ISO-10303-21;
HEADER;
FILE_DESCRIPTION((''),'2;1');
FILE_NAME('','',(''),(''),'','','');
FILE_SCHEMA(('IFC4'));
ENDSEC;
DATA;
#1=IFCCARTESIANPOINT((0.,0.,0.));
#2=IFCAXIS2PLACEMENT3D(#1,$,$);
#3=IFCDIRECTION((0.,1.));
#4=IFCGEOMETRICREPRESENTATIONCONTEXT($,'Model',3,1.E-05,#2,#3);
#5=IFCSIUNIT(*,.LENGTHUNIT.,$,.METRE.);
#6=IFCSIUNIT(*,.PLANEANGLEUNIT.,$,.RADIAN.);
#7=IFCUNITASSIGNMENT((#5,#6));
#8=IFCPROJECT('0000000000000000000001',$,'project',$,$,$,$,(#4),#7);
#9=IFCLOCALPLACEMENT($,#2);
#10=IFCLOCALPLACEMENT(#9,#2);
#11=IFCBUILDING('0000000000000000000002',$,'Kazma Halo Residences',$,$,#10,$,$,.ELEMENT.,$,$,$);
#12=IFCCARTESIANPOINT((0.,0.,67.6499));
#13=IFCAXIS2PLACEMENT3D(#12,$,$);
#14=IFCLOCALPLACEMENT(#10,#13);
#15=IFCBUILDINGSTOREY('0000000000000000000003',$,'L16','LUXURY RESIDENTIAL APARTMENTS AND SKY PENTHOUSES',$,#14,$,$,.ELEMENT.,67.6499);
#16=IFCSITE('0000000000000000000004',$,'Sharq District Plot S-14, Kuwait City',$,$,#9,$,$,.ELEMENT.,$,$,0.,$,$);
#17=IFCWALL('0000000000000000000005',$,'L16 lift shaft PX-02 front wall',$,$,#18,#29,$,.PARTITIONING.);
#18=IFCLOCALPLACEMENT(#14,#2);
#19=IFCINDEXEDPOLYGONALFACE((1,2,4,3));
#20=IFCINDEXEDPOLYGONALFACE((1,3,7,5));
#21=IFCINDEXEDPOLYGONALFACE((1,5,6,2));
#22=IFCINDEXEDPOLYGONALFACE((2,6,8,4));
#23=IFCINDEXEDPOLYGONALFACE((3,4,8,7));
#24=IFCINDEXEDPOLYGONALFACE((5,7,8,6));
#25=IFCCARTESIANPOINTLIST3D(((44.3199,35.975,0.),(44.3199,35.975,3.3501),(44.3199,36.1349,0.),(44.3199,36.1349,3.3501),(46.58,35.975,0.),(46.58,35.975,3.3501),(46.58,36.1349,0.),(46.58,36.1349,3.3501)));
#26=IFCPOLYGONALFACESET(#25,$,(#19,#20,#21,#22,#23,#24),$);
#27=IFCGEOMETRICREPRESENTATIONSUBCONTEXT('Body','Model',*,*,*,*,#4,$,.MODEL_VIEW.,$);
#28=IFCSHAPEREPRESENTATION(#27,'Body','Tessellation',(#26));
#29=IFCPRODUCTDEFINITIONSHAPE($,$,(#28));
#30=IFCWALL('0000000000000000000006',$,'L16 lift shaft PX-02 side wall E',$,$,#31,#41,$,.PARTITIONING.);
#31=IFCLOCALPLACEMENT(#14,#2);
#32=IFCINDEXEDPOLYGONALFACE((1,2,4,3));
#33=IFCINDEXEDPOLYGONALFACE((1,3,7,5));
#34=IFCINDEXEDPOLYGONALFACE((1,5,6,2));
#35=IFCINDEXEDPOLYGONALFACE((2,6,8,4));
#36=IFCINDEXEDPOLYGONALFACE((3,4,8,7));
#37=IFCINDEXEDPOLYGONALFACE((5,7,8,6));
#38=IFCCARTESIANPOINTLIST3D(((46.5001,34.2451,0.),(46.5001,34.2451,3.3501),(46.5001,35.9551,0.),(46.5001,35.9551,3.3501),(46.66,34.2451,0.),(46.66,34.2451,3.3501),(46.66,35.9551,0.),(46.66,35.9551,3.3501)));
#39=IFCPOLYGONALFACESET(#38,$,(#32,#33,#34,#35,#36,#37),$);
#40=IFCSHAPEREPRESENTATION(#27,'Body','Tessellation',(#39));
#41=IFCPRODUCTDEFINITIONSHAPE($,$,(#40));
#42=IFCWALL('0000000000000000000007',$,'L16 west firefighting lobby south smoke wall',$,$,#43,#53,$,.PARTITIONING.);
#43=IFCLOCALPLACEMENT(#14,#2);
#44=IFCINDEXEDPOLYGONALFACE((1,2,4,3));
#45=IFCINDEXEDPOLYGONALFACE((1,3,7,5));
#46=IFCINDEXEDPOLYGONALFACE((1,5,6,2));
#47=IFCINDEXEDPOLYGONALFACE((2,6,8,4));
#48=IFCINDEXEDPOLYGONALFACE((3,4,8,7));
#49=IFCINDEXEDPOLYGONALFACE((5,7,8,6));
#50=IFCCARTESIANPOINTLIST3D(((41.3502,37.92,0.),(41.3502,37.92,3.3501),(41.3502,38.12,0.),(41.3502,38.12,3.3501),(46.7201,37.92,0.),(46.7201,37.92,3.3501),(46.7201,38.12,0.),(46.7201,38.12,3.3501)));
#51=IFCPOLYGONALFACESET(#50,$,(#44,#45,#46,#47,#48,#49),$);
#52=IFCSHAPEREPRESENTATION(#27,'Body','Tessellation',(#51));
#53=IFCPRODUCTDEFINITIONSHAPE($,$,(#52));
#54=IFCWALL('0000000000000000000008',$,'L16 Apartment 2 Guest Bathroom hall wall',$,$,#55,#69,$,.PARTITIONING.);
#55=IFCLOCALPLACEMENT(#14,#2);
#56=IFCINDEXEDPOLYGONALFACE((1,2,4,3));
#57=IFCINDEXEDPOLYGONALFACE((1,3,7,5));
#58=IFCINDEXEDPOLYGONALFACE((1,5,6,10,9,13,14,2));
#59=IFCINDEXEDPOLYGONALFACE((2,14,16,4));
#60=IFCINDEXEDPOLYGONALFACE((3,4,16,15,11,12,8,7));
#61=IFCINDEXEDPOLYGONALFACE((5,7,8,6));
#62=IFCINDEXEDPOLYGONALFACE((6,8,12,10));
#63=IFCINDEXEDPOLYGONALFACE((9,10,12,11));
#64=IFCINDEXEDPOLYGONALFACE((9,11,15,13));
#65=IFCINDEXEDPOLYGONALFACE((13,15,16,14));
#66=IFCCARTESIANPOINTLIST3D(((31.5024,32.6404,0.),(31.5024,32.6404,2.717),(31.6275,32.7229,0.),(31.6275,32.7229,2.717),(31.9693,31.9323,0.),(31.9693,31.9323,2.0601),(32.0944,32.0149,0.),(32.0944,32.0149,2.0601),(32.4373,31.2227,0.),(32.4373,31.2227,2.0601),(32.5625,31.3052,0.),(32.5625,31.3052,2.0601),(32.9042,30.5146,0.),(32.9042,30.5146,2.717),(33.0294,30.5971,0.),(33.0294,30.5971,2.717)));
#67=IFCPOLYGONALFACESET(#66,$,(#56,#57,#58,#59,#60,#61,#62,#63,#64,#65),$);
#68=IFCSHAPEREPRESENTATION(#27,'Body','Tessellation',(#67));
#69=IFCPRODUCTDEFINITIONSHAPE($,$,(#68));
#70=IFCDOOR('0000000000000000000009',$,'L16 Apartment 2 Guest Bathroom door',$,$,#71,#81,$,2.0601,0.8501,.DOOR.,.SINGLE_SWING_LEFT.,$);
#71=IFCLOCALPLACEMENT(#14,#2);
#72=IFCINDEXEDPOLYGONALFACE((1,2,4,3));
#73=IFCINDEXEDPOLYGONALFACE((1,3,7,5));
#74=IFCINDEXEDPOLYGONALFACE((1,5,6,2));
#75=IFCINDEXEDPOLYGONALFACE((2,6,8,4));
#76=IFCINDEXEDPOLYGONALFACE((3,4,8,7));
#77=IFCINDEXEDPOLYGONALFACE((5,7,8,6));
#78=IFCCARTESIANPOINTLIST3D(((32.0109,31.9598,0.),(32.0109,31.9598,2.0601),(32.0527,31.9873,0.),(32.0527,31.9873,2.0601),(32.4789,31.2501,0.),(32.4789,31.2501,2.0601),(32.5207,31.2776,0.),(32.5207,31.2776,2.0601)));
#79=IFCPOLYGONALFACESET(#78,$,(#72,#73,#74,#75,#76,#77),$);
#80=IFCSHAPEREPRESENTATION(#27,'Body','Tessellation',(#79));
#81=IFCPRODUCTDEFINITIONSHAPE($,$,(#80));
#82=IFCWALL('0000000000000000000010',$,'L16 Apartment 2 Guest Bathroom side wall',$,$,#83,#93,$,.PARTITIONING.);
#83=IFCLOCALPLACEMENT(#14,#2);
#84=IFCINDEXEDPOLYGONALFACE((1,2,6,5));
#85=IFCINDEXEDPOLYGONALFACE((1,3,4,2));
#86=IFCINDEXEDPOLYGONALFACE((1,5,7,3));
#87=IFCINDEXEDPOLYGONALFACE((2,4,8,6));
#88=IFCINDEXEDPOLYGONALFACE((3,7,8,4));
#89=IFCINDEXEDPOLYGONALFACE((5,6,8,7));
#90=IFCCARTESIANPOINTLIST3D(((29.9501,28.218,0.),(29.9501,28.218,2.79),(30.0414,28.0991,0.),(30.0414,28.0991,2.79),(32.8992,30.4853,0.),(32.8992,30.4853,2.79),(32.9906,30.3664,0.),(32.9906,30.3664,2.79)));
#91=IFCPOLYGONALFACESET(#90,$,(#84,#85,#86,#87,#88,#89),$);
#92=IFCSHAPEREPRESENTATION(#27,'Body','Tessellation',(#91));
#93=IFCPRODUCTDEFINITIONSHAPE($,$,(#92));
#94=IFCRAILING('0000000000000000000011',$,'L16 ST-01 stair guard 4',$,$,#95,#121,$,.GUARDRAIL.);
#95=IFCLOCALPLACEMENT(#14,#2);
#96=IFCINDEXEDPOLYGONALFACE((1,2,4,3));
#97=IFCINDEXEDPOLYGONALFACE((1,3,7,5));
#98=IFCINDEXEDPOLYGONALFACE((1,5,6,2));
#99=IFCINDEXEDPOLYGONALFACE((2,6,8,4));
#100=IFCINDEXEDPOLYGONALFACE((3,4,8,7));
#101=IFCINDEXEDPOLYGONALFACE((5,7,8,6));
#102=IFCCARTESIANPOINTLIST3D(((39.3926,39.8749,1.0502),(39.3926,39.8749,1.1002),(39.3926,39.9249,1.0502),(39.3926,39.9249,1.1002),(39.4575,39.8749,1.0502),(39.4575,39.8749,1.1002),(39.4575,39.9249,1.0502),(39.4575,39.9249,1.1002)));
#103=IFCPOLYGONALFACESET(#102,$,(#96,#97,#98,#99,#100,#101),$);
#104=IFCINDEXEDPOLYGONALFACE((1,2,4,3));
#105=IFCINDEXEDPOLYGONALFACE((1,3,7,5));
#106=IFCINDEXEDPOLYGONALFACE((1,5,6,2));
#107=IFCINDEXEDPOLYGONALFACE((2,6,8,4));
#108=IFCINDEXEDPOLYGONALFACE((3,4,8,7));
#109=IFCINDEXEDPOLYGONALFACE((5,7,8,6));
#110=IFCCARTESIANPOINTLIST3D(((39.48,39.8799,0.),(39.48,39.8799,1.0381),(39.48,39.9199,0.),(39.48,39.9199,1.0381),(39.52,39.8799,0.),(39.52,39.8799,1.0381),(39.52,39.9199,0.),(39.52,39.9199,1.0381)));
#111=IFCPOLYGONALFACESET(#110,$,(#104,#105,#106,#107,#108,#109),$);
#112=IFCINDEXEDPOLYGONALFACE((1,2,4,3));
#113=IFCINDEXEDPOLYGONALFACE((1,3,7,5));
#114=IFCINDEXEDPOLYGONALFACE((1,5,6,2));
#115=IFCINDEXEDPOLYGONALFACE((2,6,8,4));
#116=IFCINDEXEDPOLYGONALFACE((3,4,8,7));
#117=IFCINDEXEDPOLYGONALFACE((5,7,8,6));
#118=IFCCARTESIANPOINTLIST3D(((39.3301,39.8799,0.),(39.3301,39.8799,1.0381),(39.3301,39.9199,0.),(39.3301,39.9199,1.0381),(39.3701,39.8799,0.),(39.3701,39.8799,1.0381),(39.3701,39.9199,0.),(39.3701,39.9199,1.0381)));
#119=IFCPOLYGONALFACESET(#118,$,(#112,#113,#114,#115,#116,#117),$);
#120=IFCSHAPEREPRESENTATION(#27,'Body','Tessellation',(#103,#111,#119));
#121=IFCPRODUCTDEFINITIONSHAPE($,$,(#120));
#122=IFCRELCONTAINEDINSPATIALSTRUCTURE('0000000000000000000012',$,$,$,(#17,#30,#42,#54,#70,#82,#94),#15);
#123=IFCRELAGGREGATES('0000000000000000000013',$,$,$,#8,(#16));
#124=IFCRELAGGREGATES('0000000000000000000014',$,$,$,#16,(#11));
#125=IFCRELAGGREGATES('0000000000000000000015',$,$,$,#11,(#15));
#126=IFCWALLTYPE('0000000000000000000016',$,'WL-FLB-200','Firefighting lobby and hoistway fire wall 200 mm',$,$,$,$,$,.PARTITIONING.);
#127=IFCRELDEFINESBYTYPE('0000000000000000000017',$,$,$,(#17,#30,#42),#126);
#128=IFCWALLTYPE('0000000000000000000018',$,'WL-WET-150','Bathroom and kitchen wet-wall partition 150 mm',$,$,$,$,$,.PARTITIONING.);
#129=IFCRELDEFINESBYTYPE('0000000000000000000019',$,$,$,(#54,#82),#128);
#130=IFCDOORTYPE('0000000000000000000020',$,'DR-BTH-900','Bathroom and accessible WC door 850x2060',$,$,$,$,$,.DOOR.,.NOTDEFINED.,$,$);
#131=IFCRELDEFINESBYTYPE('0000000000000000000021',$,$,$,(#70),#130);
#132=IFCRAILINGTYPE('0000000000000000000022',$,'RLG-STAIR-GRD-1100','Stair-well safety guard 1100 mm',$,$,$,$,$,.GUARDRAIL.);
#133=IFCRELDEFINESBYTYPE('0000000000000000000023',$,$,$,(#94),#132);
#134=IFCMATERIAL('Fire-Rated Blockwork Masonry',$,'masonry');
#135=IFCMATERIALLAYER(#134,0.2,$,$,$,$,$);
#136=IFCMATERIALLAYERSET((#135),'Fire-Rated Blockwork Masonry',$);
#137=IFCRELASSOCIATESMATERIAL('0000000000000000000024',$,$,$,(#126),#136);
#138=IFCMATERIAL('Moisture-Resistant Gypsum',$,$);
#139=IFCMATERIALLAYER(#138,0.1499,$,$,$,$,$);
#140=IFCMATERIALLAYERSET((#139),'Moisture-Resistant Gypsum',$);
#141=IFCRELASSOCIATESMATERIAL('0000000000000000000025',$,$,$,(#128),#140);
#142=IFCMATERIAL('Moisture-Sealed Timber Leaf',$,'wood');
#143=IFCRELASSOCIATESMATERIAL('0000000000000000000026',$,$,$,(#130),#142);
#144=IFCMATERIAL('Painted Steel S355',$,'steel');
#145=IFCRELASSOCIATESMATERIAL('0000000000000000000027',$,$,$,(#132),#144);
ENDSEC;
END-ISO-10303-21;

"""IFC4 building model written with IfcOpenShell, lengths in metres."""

from ifc_helpers import new_model, si_unit, direction, frame, frame_2d, origin, origin_2d, place, context, subcontext, project, spatial, rectangle, extrude, material, layer, layer_set, type_object, element, fill, save


model = new_model("IFC4")

# Units and contexts
model_context = context("Model", 3, precision=1e-05, world=origin(), true_north=direction((0.0, 1.0)))
body_context = subcontext(model_context, "Body", "Model", "MODEL_VIEW")
ifc_project = project(units=[si_unit("LENGTHUNIT", "METRE"), si_unit("PLANEANGLEUNIT", "RADIAN")], contexts=[model_context])

# Site, building, storey
site_placement = place(None, origin())
site = spatial("IfcSite", under=ifc_project, at=site_placement, Name="Sharq District Plot S-14, Kuwait City", CompositionType="ELEMENT", RefElevation=0.0)
building_placement = place(site_placement, origin())
building = spatial("IfcBuilding", under=site, at=building_placement, Name="Kazma Halo Residences", CompositionType="ELEMENT")
storey_placement = place(building_placement, frame((0.0, 0.0, 67.6499)))
storey = spatial("IfcBuildingStorey", under=building, at=storey_placement, Name="L16", Description="LUXURY RESIDENTIAL APARTMENTS AND SKY PENTHOUSES", CompositionType="ELEMENT", Elevation=67.6499)

# Shared definitions
ifc_material_1 = material(Name="Fire-Rated Blockwork Masonry", Category="masonry")
ifc_layer_1 = layer(ifc_material_1, 0.2)
ifc_layer_set_1 = layer_set([ifc_layer_1], Name="Fire-Rated Blockwork Masonry")
wall_type_1 = type_object("IfcWallType", Name="WL-FLB-200", Description="Firefighting lobby and hoistway fire wall 200 mm", PredefinedType="PARTITIONING", material=ifc_layer_set_1)

# Walls
wall_1_placement = place(storey_placement, frame((44.3201, 36.0549, 0.0), z_axis=(0.0, 0.0, 1.0), x_axis=(1.0, 0.0, 0.0)))
element("IfcWall", 1, at=wall_1_placement, inside=storey, type_object=wall_type_1, Name="L16 lift shaft PX-02 front wall", PredefinedType="PARTITIONING", context=body_context, shape_type="SweptSolid", body=[
    extrude(rectangle(XDim=2.26, YDim=0.1599, at=frame_2d((1.1299, 0.0))), origin(), (0.0, 0.0, 1.0), 3.3501),
])
wall_2_placement = place(storey_placement, frame((46.5801, 34.2451, 0.0), z_axis=(0.0, 0.0, 1.0), x_axis=(0.0, 1.0, 0.0)))
element("IfcWall", 2, at=wall_2_placement, inside=storey, type_object=wall_type_1, Name="L16 lift shaft PX-02 side wall E", PredefinedType="PARTITIONING", context=body_context, shape_type="SweptSolid", body=[
    extrude(rectangle(XDim=1.71, YDim=0.1599, at=frame_2d((0.855, 0.0))), origin(), (0.0, 0.0, 1.0), 3.3501),
])
wall_3_placement = place(storey_placement, frame((41.3501, 38.02, 0.0), z_axis=(0.0, 0.0, 1.0), x_axis=(1.0, 0.0, 0.0)))
element("IfcWall", 3, at=wall_3_placement, inside=storey, type_object=wall_type_1, Name="L16 west firefighting lobby south smoke wall", PredefinedType="PARTITIONING", context=body_context, shape_type="SweptSolid", body=[
    extrude(rectangle(XDim=5.3699, YDim=0.2, at=frame_2d((2.6851, 0.0))), origin(), (0.0, 0.0, 1.0), 3.3501),
])

# Wall, opening, door
ifc_material_2 = material(Name="Moisture-Resistant Gypsum")
ifc_layer_2 = layer(ifc_material_2, 0.1499)
ifc_layer_set_2 = layer_set([ifc_layer_2], Name="Moisture-Resistant Gypsum")
wall_type_2 = type_object("IfcWallType", Name="WL-WET-150", Description="Bathroom and kitchen wet-wall partition 150 mm", PredefinedType="PARTITIONING", material=ifc_layer_set_2)
wall_4_placement = place(storey_placement, frame((31.5649, 32.6816, 0.0), z_axis=(0.0, 0.0, 1.0), x_axis=(0.550534, -0.834813, 0.0)))
wall_4 = element("IfcWall", 4, at=wall_4_placement, inside=storey, type_object=wall_type_2, Name="L16 Apartment 2 Guest Bathroom hall wall", PredefinedType="PARTITIONING", context=body_context, shape_type="SweptSolid", body=[
    extrude(rectangle(XDim=2.5464, YDim=0.1499, at=frame_2d((1.2732, 0.0))), origin(), (0.0, 0.0, 1.0), 2.717),
])
opening_1_placement = place(wall_4_placement, frame((0.8481, 0.0, 0.0)))
opening_1 = element("IfcOpeningElement", 5, at=opening_1_placement, cuts=wall_4, PredefinedType="OPENING", context=body_context, shape_type="SweptSolid", body=[
    extrude(rectangle(XDim=0.8501, YDim=2.0601, at=frame_2d((0.425, 1.03))), frame((0.0, 0.085, 0.0), z_axis=(0.0, -1.0, 0.0), x_axis=(1.0, 0.0, 0.0)), (0.0, 0.0, 1.0), 0.1699),
])
ifc_material_3 = material(Name="Moisture-Sealed Timber Leaf", Category="wood")
door_type_1 = type_object("IfcDoorType", Name="DR-BTH-900", Description="Bathroom and accessible WC door 850x2060", OperationType="NOTDEFINED", PredefinedType="DOOR", material=ifc_material_3)
door_1_placement = place(opening_1_placement, origin())
door_1 = element("IfcDoor", 6, at=door_1_placement, inside=storey, type_object=door_type_1, Name="L16 Apartment 2 Guest Bathroom door", OperationType="SINGLE_SWING_LEFT", OverallHeight=2.0601, OverallWidth=0.8501, PredefinedType="DOOR", context=body_context, shape_type="SweptSolid", body=[
    extrude(rectangle(XDim=0.8501, YDim=2.0601, at=frame_2d((0.425, 1.03))), frame((0.0, 0.0249, 0.0), z_axis=(0.0, -1.0, 0.0), x_axis=(1.0, 0.0, 0.0)), (0.0, 0.0, 1.0), 0.05),
])
fill(opening_1, door_1)

# Wall
wall_5_placement = place(storey_placement, frame((32.9448, 30.4258, 0.0), z_axis=(0.0, 0.0, 1.0), x_axis=(-0.792792, -0.609492, 0.0)))
element("IfcWall", 7, at=wall_5_placement, inside=storey, type_object=wall_type_2, Name="L16 Apartment 2 Guest Bathroom side wall", PredefinedType="PARTITIONING", context=body_context, shape_type="SweptSolid", body=[
    extrude(rectangle(XDim=3.72, YDim=0.1499, at=frame_2d((1.8599, 0.0))), origin(), (0.0, 0.0, 1.0), 2.79),
])

# Railing
ifc_material_4 = material(Name="Painted Steel S355", Category="steel")
railing_type = type_object("IfcRailingType", Name="RLG-STAIR-GRD-1100", Description="Stair-well safety guard 1100 mm", PredefinedType="GUARDRAIL", material=ifc_material_4)
railing_placement = place(storey_placement, frame((39.5, 39.8999, 0.0)))
element("IfcRailing", 8, at=railing_placement, inside=storey, type_object=railing_type, Name="L16 ST-01 stair guard 4", PredefinedType="GUARDRAIL", context=body_context, shape_type="SweptSolid", body=[
    extrude(rectangle(XDim=0.05, YDim=0.05, at=origin_2d()), frame((-0.0425, 0.0, 1.0752), z_axis=(-1.0, 0.0, 0.0), x_axis=(0.0, -1.0, 0.0)), (0.0, 0.0, 1.0), 0.0649),
    extrude(rectangle(XDim=0.04, YDim=0.04, at=origin_2d()), origin(), (0.0, 0.0, 1.0), 1.0381),
    extrude(rectangle(XDim=0.04, YDim=0.04, at=origin_2d()), frame((-0.1499, 0.0, 0.0)), (0.0, 0.0, 1.0), 1.0381),
])

save(model, "model.ifc")
